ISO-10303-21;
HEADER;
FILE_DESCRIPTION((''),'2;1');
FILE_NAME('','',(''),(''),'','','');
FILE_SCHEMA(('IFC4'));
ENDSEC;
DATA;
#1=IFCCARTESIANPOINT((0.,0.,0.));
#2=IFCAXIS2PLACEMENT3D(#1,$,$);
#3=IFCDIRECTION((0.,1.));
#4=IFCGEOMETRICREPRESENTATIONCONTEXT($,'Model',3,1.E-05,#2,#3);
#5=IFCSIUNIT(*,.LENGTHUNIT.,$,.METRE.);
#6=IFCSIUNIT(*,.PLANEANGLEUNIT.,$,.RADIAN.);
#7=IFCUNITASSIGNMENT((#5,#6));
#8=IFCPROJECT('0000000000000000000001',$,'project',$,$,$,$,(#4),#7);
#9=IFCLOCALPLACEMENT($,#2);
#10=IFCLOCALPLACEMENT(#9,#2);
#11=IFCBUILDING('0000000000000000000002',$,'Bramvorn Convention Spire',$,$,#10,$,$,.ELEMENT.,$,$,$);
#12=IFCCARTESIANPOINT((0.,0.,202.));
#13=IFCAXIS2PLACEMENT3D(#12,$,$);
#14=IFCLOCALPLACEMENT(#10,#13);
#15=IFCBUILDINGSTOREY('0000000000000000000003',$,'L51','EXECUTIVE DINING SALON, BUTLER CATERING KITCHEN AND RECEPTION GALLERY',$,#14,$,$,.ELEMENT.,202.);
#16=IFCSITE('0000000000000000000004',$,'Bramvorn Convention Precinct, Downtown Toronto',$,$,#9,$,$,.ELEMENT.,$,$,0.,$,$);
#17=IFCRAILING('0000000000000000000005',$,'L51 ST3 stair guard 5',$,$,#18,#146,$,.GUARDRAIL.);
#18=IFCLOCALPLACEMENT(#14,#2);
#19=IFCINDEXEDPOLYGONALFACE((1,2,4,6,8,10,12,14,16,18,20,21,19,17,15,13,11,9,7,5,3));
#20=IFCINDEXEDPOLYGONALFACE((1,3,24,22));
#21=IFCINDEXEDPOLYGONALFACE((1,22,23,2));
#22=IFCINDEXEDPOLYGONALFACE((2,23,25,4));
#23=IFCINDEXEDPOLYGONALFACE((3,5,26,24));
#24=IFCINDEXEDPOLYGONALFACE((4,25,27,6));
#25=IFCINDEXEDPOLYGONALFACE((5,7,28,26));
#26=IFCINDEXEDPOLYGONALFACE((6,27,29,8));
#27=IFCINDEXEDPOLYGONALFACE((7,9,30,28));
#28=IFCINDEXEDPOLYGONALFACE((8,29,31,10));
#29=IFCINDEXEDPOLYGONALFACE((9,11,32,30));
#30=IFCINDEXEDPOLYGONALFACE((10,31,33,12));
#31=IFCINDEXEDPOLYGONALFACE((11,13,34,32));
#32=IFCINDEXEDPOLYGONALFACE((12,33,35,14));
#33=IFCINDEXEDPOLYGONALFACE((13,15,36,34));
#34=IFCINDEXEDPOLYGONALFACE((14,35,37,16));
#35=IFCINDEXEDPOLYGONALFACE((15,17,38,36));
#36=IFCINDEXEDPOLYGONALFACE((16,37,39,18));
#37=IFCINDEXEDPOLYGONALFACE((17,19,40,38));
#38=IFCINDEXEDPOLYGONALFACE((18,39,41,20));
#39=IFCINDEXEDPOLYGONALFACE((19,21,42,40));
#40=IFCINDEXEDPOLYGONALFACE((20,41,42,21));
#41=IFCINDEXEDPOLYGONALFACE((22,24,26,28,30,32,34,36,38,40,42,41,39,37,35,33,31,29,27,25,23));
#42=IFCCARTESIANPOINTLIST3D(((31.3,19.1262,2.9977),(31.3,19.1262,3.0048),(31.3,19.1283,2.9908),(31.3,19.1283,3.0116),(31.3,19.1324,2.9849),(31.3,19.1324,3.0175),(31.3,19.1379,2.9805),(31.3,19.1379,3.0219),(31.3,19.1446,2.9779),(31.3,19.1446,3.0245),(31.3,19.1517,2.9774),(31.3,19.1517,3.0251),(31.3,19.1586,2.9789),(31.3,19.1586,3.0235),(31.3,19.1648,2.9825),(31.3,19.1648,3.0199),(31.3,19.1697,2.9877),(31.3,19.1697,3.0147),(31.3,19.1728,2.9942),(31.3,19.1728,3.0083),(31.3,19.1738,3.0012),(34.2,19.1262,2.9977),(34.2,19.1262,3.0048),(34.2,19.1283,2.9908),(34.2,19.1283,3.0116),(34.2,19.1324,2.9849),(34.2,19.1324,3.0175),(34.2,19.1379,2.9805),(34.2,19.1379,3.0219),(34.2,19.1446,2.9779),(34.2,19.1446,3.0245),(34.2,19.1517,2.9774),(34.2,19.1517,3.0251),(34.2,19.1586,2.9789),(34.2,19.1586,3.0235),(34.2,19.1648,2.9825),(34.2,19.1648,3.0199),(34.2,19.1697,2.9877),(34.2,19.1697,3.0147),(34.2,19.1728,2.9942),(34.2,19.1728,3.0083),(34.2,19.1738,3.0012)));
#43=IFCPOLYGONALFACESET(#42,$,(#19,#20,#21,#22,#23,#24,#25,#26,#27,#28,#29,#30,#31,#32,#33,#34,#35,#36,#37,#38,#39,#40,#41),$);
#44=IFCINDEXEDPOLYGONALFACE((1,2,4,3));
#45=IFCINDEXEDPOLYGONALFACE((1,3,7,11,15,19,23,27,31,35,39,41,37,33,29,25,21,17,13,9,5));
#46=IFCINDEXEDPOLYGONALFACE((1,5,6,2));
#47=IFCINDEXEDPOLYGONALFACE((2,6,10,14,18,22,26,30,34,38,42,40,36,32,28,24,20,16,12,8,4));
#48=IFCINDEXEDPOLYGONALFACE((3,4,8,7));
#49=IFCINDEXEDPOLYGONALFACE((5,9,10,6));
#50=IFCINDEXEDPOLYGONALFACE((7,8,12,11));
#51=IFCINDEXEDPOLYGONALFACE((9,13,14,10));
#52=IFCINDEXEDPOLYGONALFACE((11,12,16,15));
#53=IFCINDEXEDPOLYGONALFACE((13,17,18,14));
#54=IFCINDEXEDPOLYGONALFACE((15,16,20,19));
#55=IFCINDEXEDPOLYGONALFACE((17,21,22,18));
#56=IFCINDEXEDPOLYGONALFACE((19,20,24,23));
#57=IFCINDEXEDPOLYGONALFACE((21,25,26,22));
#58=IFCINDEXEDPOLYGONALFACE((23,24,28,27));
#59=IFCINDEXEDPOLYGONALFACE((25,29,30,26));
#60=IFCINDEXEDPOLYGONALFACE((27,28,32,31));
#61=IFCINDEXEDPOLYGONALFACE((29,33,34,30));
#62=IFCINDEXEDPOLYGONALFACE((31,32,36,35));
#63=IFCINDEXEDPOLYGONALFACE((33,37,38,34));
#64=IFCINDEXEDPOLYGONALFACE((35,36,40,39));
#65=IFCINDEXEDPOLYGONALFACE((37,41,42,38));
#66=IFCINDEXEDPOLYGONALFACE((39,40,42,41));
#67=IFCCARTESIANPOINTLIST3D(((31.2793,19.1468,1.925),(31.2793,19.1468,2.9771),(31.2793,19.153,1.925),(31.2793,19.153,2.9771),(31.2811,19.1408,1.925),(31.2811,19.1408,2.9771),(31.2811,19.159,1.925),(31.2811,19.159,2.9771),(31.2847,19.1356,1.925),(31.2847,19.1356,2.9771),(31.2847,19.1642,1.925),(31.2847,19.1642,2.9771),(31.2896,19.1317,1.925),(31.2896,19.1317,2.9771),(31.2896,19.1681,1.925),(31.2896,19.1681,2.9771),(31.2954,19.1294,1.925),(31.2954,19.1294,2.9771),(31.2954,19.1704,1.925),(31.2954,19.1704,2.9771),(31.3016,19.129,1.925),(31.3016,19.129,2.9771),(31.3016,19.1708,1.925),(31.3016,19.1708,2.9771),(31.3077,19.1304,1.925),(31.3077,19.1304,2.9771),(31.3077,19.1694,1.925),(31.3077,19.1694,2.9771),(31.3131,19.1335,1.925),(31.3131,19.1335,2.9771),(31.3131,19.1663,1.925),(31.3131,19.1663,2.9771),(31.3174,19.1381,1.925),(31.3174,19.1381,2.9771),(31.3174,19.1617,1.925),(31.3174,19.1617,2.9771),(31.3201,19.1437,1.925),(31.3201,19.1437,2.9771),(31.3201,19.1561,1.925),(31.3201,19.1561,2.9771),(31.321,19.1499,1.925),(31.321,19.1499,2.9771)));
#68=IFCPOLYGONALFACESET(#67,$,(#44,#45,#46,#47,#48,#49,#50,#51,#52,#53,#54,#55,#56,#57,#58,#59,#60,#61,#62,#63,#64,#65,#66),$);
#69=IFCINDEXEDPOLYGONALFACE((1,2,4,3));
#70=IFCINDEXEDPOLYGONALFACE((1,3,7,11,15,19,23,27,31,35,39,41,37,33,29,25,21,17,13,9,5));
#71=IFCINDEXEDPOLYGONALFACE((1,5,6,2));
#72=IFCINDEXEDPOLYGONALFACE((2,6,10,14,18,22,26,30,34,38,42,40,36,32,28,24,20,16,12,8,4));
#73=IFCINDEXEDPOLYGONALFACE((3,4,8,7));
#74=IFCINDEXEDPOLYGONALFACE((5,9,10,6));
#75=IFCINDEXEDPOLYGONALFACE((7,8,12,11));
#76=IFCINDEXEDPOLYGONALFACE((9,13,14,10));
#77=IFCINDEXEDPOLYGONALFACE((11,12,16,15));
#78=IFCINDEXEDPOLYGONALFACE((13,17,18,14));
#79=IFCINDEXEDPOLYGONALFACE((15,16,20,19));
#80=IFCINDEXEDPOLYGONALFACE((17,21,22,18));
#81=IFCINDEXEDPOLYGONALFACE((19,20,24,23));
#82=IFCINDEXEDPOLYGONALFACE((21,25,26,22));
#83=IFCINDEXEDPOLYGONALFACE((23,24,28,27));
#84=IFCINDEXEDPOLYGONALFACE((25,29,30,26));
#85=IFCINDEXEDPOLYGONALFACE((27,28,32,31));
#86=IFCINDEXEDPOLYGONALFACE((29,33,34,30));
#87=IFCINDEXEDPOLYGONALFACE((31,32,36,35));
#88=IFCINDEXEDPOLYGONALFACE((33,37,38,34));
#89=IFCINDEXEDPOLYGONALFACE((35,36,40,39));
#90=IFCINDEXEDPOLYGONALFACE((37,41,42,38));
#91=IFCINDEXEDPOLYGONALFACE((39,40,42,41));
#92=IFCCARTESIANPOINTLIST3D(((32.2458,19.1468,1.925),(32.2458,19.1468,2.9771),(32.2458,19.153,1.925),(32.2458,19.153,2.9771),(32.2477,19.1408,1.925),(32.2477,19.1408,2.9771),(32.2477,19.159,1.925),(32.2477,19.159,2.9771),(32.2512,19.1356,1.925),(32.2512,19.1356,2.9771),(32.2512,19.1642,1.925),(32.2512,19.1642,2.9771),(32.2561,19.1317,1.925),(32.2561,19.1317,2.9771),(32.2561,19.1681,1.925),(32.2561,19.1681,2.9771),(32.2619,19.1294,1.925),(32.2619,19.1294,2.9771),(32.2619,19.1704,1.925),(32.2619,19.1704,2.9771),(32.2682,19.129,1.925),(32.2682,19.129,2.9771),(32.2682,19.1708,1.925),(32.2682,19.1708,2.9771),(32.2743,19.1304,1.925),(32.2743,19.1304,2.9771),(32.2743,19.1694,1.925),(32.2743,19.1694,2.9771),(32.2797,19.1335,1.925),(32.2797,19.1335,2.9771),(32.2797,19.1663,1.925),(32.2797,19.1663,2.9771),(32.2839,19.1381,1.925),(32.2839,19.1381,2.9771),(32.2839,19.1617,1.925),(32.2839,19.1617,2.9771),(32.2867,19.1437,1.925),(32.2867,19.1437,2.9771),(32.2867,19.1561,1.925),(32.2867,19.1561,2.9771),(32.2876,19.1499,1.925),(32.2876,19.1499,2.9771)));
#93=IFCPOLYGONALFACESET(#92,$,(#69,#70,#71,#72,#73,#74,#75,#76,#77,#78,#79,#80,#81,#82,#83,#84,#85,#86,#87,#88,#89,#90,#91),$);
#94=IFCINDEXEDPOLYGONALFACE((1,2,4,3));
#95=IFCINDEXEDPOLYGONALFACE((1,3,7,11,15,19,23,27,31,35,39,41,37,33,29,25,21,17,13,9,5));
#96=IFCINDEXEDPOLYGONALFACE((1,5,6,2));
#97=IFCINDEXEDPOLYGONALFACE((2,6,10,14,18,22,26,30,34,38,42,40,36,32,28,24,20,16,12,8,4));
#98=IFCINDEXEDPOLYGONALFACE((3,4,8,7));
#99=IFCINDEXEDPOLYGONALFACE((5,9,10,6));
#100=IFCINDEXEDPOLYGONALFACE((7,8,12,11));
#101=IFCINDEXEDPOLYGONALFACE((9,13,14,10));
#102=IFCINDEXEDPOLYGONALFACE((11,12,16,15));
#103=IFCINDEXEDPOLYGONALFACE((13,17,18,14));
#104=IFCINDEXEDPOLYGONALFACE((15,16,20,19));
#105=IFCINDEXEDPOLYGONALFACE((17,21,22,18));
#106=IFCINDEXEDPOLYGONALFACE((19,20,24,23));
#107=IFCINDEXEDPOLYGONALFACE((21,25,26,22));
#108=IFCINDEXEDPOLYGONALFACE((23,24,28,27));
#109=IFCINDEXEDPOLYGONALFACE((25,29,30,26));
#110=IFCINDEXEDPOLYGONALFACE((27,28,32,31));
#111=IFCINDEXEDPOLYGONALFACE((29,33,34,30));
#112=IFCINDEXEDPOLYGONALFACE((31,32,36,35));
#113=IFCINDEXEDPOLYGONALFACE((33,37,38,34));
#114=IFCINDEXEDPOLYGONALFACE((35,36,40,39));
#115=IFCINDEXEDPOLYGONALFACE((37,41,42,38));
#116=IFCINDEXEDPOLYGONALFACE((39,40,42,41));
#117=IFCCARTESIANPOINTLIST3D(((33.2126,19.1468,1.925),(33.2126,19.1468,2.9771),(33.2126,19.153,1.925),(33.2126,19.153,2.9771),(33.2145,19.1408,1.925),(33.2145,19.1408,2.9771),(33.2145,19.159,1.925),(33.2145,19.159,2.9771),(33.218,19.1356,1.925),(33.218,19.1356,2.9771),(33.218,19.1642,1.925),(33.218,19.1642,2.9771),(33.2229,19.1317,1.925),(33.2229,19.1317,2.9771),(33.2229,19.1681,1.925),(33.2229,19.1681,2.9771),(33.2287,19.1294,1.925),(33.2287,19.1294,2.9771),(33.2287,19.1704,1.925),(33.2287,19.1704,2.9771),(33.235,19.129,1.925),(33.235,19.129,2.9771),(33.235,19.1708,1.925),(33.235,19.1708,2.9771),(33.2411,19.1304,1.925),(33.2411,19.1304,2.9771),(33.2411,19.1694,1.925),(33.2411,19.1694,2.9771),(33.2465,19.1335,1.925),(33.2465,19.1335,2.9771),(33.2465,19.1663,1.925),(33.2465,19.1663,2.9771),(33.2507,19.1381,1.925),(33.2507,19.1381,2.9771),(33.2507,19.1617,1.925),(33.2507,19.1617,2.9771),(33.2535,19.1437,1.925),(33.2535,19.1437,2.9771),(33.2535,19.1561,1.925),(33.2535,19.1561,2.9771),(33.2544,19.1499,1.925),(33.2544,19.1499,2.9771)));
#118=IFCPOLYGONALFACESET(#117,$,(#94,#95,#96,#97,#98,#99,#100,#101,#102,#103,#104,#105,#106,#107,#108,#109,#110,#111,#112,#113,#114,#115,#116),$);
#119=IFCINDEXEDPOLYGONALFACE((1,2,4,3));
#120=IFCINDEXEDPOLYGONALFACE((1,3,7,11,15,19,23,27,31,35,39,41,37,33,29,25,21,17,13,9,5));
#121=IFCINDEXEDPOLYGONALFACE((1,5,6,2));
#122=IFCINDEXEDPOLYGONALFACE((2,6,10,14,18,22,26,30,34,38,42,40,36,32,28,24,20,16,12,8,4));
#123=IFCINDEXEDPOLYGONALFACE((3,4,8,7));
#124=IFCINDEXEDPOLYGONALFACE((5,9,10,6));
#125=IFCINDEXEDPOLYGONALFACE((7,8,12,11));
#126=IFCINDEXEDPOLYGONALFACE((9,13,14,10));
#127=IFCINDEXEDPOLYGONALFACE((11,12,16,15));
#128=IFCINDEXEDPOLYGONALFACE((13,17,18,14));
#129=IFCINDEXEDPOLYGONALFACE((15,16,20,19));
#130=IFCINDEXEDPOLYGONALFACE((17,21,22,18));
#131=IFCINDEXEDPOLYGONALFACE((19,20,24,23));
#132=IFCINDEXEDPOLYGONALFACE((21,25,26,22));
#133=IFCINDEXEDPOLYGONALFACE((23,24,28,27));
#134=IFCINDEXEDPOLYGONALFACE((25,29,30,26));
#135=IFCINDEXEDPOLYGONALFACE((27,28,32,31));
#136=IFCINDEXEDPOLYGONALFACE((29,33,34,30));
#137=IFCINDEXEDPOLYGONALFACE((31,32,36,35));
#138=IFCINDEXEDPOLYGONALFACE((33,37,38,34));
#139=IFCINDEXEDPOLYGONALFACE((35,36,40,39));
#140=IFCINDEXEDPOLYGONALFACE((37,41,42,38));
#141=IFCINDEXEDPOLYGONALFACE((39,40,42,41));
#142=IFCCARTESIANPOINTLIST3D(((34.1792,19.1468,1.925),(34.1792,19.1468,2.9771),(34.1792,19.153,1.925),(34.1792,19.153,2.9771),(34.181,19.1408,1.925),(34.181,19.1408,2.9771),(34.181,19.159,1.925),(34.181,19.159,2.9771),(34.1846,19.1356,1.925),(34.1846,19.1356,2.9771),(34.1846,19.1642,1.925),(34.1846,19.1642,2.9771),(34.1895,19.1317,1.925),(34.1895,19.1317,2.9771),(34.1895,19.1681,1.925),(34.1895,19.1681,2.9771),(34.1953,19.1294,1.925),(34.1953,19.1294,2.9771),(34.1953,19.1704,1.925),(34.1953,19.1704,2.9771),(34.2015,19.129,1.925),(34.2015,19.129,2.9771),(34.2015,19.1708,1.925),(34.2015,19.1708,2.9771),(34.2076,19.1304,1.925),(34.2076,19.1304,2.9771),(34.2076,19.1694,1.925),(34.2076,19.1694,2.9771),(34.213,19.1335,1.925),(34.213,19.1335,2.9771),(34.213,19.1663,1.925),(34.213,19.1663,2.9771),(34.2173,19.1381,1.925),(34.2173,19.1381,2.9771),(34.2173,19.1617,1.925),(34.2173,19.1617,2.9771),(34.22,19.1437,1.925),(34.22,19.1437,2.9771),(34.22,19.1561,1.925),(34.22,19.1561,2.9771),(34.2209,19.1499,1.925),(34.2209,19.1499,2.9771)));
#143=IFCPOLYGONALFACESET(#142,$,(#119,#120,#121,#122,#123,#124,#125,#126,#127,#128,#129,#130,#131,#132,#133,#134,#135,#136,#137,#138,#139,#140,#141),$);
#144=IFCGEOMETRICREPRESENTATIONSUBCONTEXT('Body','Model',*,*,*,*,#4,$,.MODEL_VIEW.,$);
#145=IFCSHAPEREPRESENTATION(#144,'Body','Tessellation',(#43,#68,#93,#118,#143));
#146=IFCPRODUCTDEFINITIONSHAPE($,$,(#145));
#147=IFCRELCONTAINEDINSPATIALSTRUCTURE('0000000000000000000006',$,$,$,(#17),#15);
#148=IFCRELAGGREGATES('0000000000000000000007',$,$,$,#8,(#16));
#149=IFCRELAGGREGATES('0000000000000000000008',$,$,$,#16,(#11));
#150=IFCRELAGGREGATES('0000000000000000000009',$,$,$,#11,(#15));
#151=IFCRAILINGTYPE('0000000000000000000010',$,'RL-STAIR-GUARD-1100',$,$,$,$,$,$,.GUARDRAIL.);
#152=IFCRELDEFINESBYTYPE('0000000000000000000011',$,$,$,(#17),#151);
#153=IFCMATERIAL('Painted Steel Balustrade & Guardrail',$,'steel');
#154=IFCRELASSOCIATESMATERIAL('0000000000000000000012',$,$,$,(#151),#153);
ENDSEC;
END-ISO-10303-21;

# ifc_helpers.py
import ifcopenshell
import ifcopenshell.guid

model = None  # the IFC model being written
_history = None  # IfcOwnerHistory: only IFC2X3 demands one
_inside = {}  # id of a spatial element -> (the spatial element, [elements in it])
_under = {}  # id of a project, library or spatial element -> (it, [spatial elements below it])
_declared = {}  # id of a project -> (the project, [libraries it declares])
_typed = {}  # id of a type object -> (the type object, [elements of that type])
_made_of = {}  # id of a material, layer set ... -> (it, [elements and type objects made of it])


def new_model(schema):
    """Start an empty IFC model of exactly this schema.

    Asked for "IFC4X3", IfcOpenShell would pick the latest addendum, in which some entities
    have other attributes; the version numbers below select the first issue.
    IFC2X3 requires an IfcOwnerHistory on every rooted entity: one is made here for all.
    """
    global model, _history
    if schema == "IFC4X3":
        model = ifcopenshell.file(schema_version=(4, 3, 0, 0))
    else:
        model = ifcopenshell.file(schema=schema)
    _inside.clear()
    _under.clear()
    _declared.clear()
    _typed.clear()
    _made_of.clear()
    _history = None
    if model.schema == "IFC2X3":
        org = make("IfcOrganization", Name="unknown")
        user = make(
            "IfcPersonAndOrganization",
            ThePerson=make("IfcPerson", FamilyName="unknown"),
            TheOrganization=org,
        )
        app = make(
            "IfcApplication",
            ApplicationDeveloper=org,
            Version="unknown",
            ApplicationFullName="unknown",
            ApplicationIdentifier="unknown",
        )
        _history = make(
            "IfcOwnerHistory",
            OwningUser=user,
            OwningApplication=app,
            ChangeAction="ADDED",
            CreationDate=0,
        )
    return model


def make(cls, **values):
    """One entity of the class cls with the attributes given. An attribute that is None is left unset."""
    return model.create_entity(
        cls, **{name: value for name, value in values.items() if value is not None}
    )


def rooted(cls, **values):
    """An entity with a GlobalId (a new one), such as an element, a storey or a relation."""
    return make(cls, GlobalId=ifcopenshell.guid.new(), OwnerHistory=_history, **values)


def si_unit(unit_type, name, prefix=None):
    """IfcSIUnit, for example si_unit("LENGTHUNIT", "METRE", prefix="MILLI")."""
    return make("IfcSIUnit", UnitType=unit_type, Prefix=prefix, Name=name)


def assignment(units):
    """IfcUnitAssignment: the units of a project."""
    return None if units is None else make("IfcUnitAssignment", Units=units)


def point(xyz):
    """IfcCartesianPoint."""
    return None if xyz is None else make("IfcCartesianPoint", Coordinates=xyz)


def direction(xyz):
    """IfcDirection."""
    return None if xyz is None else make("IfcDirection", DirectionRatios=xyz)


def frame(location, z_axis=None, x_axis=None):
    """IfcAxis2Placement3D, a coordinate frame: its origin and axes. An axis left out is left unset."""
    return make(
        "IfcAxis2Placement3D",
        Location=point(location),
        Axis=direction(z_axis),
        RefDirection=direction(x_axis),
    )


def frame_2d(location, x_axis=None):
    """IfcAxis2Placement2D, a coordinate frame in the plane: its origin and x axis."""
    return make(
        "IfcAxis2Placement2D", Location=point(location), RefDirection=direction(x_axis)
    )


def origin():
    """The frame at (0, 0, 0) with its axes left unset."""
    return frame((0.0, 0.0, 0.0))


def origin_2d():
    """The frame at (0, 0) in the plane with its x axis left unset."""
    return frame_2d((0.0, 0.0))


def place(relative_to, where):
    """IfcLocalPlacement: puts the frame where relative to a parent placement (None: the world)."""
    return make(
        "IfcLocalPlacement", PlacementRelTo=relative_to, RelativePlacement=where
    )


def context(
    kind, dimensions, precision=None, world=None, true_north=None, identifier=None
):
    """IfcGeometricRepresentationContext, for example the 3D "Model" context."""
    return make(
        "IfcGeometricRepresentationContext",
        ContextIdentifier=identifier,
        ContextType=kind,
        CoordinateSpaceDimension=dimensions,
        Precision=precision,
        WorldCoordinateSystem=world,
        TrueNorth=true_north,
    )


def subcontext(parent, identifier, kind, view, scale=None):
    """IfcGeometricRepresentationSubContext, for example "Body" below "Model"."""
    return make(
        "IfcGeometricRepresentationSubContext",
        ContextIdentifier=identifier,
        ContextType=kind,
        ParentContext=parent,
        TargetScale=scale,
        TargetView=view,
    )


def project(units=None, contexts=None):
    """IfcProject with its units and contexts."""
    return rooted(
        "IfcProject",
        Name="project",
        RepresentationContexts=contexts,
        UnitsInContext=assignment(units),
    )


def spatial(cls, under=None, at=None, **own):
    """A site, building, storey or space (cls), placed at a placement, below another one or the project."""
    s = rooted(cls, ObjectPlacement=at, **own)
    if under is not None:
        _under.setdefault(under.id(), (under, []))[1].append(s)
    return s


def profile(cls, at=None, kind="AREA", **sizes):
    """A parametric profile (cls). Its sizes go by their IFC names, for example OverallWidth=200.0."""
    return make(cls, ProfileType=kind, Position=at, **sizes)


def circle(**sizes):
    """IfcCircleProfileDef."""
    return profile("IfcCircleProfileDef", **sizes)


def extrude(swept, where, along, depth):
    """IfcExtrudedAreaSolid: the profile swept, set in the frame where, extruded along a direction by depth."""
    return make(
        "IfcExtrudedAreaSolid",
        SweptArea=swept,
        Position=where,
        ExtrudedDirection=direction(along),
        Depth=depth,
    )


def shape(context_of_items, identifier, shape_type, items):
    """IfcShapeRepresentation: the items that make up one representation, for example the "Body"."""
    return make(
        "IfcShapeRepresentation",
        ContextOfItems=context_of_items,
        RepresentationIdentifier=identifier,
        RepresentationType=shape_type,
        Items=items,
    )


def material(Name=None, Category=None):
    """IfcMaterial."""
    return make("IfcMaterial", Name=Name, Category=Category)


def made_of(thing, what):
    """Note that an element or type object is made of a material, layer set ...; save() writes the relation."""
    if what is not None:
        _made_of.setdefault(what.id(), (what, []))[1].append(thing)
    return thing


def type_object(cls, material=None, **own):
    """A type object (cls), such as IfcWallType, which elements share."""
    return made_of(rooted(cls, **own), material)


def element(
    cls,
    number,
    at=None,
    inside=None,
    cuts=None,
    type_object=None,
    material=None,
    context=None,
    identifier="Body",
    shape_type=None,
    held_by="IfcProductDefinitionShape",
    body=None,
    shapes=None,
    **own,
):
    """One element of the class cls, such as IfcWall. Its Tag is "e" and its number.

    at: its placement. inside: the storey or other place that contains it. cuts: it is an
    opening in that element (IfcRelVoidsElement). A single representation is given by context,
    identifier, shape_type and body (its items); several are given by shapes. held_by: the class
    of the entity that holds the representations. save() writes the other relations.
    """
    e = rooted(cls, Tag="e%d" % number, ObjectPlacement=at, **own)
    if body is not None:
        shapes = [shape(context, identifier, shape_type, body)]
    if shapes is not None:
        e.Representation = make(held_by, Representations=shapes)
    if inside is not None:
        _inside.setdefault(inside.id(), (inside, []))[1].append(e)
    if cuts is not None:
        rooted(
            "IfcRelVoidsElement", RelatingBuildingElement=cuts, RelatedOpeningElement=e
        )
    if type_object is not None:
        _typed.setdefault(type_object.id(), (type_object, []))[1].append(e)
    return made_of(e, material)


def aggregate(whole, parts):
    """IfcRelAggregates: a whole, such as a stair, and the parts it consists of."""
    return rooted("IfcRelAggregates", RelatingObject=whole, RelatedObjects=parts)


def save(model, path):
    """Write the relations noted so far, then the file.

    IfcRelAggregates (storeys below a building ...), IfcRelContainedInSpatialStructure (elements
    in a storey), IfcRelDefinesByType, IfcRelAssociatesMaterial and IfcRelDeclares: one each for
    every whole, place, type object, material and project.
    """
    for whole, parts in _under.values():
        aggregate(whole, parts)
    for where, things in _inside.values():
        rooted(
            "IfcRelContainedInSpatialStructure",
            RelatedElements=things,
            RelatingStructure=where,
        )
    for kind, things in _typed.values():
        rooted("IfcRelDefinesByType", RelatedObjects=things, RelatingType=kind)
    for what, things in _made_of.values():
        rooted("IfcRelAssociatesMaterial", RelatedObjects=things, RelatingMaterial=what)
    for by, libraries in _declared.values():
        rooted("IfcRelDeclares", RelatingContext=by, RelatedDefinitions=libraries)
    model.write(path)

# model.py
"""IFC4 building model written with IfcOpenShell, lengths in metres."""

from ifc_helpers import new_model, si_unit, direction, frame, origin, origin_2d, place, context, subcontext, project, spatial, circle, extrude, material, type_object, element, save


model = new_model("IFC4")

# Units and contexts
model_context = context("Model", 3, precision=1e-05, world=origin(), true_north=direction((0.0, 1.0)))
body_context = subcontext(model_context, "Body", "Model", "MODEL_VIEW")
ifc_project = project(units=[si_unit("LENGTHUNIT", "METRE"), si_unit("PLANEANGLEUNIT", "RADIAN")], contexts=[model_context])

# Site, building, storey
site_placement = place(None, origin())
site = spatial("IfcSite", under=ifc_project, at=site_placement, Name="Bramvorn Convention Precinct, Downtown Toronto", CompositionType="ELEMENT", RefElevation=0.0)
building_placement = place(site_placement, origin())
building = spatial("IfcBuilding", under=site, at=building_placement, Name="Bramvorn Convention Spire", CompositionType="ELEMENT")
storey_placement = place(building_placement, frame((0.0, 0.0, 202.0)))
storey = spatial("IfcBuildingStorey", under=building, at=storey_placement, Name="L51", Description="EXECUTIVE DINING SALON, BUTLER CATERING KITCHEN AND RECEPTION GALLERY", CompositionType="ELEMENT", Elevation=202.0)

# Railing
ifc_material_1 = material(Name="Painted Steel Balustrade & Guardrail", Category="steel")
railing_type_1 = type_object("IfcRailingType", Name="RL-STAIR-GUARD-1100", PredefinedType="GUARDRAIL", material=ifc_material_1)
railing_1_placement = place(storey_placement, frame((31.3, 19.1499, 1.925)))
element("IfcRailing", 1, at=railing_1_placement, inside=storey, type_object=railing_type_1, Name="L51 ST3 stair guard 5", PredefinedType="GUARDRAIL", context=body_context, shape_type="SweptSolid", body=[
    extrude(circle(Radius=0.0239, at=origin_2d()), frame((0.0, 0.0, 1.0762), z_axis=(1.0, 0.0, 0.0), x_axis=(0.0, 1.0, 0.0)), (0.0, 0.0, 1.0), 2.8999),
    extrude(circle(Radius=0.021, at=origin_2d()), origin(), (0.0, 0.0, 1.0), 1.052),
    extrude(circle(Radius=0.021, at=origin_2d()), frame((0.9666, 0.0, 0.0)), (0.0, 0.0, 1.0), 1.052),
    extrude(circle(Radius=0.021, at=origin_2d()), frame((1.9333, 0.0, 0.0)), (0.0, 0.0, 1.0), 1.052),
    extrude(circle(Radius=0.021, at=origin_2d()), frame((2.8999, 0.0, 0.0)), (0.0, 0.0, 1.0), 1.052),
])

save(model, "model.ifc")
